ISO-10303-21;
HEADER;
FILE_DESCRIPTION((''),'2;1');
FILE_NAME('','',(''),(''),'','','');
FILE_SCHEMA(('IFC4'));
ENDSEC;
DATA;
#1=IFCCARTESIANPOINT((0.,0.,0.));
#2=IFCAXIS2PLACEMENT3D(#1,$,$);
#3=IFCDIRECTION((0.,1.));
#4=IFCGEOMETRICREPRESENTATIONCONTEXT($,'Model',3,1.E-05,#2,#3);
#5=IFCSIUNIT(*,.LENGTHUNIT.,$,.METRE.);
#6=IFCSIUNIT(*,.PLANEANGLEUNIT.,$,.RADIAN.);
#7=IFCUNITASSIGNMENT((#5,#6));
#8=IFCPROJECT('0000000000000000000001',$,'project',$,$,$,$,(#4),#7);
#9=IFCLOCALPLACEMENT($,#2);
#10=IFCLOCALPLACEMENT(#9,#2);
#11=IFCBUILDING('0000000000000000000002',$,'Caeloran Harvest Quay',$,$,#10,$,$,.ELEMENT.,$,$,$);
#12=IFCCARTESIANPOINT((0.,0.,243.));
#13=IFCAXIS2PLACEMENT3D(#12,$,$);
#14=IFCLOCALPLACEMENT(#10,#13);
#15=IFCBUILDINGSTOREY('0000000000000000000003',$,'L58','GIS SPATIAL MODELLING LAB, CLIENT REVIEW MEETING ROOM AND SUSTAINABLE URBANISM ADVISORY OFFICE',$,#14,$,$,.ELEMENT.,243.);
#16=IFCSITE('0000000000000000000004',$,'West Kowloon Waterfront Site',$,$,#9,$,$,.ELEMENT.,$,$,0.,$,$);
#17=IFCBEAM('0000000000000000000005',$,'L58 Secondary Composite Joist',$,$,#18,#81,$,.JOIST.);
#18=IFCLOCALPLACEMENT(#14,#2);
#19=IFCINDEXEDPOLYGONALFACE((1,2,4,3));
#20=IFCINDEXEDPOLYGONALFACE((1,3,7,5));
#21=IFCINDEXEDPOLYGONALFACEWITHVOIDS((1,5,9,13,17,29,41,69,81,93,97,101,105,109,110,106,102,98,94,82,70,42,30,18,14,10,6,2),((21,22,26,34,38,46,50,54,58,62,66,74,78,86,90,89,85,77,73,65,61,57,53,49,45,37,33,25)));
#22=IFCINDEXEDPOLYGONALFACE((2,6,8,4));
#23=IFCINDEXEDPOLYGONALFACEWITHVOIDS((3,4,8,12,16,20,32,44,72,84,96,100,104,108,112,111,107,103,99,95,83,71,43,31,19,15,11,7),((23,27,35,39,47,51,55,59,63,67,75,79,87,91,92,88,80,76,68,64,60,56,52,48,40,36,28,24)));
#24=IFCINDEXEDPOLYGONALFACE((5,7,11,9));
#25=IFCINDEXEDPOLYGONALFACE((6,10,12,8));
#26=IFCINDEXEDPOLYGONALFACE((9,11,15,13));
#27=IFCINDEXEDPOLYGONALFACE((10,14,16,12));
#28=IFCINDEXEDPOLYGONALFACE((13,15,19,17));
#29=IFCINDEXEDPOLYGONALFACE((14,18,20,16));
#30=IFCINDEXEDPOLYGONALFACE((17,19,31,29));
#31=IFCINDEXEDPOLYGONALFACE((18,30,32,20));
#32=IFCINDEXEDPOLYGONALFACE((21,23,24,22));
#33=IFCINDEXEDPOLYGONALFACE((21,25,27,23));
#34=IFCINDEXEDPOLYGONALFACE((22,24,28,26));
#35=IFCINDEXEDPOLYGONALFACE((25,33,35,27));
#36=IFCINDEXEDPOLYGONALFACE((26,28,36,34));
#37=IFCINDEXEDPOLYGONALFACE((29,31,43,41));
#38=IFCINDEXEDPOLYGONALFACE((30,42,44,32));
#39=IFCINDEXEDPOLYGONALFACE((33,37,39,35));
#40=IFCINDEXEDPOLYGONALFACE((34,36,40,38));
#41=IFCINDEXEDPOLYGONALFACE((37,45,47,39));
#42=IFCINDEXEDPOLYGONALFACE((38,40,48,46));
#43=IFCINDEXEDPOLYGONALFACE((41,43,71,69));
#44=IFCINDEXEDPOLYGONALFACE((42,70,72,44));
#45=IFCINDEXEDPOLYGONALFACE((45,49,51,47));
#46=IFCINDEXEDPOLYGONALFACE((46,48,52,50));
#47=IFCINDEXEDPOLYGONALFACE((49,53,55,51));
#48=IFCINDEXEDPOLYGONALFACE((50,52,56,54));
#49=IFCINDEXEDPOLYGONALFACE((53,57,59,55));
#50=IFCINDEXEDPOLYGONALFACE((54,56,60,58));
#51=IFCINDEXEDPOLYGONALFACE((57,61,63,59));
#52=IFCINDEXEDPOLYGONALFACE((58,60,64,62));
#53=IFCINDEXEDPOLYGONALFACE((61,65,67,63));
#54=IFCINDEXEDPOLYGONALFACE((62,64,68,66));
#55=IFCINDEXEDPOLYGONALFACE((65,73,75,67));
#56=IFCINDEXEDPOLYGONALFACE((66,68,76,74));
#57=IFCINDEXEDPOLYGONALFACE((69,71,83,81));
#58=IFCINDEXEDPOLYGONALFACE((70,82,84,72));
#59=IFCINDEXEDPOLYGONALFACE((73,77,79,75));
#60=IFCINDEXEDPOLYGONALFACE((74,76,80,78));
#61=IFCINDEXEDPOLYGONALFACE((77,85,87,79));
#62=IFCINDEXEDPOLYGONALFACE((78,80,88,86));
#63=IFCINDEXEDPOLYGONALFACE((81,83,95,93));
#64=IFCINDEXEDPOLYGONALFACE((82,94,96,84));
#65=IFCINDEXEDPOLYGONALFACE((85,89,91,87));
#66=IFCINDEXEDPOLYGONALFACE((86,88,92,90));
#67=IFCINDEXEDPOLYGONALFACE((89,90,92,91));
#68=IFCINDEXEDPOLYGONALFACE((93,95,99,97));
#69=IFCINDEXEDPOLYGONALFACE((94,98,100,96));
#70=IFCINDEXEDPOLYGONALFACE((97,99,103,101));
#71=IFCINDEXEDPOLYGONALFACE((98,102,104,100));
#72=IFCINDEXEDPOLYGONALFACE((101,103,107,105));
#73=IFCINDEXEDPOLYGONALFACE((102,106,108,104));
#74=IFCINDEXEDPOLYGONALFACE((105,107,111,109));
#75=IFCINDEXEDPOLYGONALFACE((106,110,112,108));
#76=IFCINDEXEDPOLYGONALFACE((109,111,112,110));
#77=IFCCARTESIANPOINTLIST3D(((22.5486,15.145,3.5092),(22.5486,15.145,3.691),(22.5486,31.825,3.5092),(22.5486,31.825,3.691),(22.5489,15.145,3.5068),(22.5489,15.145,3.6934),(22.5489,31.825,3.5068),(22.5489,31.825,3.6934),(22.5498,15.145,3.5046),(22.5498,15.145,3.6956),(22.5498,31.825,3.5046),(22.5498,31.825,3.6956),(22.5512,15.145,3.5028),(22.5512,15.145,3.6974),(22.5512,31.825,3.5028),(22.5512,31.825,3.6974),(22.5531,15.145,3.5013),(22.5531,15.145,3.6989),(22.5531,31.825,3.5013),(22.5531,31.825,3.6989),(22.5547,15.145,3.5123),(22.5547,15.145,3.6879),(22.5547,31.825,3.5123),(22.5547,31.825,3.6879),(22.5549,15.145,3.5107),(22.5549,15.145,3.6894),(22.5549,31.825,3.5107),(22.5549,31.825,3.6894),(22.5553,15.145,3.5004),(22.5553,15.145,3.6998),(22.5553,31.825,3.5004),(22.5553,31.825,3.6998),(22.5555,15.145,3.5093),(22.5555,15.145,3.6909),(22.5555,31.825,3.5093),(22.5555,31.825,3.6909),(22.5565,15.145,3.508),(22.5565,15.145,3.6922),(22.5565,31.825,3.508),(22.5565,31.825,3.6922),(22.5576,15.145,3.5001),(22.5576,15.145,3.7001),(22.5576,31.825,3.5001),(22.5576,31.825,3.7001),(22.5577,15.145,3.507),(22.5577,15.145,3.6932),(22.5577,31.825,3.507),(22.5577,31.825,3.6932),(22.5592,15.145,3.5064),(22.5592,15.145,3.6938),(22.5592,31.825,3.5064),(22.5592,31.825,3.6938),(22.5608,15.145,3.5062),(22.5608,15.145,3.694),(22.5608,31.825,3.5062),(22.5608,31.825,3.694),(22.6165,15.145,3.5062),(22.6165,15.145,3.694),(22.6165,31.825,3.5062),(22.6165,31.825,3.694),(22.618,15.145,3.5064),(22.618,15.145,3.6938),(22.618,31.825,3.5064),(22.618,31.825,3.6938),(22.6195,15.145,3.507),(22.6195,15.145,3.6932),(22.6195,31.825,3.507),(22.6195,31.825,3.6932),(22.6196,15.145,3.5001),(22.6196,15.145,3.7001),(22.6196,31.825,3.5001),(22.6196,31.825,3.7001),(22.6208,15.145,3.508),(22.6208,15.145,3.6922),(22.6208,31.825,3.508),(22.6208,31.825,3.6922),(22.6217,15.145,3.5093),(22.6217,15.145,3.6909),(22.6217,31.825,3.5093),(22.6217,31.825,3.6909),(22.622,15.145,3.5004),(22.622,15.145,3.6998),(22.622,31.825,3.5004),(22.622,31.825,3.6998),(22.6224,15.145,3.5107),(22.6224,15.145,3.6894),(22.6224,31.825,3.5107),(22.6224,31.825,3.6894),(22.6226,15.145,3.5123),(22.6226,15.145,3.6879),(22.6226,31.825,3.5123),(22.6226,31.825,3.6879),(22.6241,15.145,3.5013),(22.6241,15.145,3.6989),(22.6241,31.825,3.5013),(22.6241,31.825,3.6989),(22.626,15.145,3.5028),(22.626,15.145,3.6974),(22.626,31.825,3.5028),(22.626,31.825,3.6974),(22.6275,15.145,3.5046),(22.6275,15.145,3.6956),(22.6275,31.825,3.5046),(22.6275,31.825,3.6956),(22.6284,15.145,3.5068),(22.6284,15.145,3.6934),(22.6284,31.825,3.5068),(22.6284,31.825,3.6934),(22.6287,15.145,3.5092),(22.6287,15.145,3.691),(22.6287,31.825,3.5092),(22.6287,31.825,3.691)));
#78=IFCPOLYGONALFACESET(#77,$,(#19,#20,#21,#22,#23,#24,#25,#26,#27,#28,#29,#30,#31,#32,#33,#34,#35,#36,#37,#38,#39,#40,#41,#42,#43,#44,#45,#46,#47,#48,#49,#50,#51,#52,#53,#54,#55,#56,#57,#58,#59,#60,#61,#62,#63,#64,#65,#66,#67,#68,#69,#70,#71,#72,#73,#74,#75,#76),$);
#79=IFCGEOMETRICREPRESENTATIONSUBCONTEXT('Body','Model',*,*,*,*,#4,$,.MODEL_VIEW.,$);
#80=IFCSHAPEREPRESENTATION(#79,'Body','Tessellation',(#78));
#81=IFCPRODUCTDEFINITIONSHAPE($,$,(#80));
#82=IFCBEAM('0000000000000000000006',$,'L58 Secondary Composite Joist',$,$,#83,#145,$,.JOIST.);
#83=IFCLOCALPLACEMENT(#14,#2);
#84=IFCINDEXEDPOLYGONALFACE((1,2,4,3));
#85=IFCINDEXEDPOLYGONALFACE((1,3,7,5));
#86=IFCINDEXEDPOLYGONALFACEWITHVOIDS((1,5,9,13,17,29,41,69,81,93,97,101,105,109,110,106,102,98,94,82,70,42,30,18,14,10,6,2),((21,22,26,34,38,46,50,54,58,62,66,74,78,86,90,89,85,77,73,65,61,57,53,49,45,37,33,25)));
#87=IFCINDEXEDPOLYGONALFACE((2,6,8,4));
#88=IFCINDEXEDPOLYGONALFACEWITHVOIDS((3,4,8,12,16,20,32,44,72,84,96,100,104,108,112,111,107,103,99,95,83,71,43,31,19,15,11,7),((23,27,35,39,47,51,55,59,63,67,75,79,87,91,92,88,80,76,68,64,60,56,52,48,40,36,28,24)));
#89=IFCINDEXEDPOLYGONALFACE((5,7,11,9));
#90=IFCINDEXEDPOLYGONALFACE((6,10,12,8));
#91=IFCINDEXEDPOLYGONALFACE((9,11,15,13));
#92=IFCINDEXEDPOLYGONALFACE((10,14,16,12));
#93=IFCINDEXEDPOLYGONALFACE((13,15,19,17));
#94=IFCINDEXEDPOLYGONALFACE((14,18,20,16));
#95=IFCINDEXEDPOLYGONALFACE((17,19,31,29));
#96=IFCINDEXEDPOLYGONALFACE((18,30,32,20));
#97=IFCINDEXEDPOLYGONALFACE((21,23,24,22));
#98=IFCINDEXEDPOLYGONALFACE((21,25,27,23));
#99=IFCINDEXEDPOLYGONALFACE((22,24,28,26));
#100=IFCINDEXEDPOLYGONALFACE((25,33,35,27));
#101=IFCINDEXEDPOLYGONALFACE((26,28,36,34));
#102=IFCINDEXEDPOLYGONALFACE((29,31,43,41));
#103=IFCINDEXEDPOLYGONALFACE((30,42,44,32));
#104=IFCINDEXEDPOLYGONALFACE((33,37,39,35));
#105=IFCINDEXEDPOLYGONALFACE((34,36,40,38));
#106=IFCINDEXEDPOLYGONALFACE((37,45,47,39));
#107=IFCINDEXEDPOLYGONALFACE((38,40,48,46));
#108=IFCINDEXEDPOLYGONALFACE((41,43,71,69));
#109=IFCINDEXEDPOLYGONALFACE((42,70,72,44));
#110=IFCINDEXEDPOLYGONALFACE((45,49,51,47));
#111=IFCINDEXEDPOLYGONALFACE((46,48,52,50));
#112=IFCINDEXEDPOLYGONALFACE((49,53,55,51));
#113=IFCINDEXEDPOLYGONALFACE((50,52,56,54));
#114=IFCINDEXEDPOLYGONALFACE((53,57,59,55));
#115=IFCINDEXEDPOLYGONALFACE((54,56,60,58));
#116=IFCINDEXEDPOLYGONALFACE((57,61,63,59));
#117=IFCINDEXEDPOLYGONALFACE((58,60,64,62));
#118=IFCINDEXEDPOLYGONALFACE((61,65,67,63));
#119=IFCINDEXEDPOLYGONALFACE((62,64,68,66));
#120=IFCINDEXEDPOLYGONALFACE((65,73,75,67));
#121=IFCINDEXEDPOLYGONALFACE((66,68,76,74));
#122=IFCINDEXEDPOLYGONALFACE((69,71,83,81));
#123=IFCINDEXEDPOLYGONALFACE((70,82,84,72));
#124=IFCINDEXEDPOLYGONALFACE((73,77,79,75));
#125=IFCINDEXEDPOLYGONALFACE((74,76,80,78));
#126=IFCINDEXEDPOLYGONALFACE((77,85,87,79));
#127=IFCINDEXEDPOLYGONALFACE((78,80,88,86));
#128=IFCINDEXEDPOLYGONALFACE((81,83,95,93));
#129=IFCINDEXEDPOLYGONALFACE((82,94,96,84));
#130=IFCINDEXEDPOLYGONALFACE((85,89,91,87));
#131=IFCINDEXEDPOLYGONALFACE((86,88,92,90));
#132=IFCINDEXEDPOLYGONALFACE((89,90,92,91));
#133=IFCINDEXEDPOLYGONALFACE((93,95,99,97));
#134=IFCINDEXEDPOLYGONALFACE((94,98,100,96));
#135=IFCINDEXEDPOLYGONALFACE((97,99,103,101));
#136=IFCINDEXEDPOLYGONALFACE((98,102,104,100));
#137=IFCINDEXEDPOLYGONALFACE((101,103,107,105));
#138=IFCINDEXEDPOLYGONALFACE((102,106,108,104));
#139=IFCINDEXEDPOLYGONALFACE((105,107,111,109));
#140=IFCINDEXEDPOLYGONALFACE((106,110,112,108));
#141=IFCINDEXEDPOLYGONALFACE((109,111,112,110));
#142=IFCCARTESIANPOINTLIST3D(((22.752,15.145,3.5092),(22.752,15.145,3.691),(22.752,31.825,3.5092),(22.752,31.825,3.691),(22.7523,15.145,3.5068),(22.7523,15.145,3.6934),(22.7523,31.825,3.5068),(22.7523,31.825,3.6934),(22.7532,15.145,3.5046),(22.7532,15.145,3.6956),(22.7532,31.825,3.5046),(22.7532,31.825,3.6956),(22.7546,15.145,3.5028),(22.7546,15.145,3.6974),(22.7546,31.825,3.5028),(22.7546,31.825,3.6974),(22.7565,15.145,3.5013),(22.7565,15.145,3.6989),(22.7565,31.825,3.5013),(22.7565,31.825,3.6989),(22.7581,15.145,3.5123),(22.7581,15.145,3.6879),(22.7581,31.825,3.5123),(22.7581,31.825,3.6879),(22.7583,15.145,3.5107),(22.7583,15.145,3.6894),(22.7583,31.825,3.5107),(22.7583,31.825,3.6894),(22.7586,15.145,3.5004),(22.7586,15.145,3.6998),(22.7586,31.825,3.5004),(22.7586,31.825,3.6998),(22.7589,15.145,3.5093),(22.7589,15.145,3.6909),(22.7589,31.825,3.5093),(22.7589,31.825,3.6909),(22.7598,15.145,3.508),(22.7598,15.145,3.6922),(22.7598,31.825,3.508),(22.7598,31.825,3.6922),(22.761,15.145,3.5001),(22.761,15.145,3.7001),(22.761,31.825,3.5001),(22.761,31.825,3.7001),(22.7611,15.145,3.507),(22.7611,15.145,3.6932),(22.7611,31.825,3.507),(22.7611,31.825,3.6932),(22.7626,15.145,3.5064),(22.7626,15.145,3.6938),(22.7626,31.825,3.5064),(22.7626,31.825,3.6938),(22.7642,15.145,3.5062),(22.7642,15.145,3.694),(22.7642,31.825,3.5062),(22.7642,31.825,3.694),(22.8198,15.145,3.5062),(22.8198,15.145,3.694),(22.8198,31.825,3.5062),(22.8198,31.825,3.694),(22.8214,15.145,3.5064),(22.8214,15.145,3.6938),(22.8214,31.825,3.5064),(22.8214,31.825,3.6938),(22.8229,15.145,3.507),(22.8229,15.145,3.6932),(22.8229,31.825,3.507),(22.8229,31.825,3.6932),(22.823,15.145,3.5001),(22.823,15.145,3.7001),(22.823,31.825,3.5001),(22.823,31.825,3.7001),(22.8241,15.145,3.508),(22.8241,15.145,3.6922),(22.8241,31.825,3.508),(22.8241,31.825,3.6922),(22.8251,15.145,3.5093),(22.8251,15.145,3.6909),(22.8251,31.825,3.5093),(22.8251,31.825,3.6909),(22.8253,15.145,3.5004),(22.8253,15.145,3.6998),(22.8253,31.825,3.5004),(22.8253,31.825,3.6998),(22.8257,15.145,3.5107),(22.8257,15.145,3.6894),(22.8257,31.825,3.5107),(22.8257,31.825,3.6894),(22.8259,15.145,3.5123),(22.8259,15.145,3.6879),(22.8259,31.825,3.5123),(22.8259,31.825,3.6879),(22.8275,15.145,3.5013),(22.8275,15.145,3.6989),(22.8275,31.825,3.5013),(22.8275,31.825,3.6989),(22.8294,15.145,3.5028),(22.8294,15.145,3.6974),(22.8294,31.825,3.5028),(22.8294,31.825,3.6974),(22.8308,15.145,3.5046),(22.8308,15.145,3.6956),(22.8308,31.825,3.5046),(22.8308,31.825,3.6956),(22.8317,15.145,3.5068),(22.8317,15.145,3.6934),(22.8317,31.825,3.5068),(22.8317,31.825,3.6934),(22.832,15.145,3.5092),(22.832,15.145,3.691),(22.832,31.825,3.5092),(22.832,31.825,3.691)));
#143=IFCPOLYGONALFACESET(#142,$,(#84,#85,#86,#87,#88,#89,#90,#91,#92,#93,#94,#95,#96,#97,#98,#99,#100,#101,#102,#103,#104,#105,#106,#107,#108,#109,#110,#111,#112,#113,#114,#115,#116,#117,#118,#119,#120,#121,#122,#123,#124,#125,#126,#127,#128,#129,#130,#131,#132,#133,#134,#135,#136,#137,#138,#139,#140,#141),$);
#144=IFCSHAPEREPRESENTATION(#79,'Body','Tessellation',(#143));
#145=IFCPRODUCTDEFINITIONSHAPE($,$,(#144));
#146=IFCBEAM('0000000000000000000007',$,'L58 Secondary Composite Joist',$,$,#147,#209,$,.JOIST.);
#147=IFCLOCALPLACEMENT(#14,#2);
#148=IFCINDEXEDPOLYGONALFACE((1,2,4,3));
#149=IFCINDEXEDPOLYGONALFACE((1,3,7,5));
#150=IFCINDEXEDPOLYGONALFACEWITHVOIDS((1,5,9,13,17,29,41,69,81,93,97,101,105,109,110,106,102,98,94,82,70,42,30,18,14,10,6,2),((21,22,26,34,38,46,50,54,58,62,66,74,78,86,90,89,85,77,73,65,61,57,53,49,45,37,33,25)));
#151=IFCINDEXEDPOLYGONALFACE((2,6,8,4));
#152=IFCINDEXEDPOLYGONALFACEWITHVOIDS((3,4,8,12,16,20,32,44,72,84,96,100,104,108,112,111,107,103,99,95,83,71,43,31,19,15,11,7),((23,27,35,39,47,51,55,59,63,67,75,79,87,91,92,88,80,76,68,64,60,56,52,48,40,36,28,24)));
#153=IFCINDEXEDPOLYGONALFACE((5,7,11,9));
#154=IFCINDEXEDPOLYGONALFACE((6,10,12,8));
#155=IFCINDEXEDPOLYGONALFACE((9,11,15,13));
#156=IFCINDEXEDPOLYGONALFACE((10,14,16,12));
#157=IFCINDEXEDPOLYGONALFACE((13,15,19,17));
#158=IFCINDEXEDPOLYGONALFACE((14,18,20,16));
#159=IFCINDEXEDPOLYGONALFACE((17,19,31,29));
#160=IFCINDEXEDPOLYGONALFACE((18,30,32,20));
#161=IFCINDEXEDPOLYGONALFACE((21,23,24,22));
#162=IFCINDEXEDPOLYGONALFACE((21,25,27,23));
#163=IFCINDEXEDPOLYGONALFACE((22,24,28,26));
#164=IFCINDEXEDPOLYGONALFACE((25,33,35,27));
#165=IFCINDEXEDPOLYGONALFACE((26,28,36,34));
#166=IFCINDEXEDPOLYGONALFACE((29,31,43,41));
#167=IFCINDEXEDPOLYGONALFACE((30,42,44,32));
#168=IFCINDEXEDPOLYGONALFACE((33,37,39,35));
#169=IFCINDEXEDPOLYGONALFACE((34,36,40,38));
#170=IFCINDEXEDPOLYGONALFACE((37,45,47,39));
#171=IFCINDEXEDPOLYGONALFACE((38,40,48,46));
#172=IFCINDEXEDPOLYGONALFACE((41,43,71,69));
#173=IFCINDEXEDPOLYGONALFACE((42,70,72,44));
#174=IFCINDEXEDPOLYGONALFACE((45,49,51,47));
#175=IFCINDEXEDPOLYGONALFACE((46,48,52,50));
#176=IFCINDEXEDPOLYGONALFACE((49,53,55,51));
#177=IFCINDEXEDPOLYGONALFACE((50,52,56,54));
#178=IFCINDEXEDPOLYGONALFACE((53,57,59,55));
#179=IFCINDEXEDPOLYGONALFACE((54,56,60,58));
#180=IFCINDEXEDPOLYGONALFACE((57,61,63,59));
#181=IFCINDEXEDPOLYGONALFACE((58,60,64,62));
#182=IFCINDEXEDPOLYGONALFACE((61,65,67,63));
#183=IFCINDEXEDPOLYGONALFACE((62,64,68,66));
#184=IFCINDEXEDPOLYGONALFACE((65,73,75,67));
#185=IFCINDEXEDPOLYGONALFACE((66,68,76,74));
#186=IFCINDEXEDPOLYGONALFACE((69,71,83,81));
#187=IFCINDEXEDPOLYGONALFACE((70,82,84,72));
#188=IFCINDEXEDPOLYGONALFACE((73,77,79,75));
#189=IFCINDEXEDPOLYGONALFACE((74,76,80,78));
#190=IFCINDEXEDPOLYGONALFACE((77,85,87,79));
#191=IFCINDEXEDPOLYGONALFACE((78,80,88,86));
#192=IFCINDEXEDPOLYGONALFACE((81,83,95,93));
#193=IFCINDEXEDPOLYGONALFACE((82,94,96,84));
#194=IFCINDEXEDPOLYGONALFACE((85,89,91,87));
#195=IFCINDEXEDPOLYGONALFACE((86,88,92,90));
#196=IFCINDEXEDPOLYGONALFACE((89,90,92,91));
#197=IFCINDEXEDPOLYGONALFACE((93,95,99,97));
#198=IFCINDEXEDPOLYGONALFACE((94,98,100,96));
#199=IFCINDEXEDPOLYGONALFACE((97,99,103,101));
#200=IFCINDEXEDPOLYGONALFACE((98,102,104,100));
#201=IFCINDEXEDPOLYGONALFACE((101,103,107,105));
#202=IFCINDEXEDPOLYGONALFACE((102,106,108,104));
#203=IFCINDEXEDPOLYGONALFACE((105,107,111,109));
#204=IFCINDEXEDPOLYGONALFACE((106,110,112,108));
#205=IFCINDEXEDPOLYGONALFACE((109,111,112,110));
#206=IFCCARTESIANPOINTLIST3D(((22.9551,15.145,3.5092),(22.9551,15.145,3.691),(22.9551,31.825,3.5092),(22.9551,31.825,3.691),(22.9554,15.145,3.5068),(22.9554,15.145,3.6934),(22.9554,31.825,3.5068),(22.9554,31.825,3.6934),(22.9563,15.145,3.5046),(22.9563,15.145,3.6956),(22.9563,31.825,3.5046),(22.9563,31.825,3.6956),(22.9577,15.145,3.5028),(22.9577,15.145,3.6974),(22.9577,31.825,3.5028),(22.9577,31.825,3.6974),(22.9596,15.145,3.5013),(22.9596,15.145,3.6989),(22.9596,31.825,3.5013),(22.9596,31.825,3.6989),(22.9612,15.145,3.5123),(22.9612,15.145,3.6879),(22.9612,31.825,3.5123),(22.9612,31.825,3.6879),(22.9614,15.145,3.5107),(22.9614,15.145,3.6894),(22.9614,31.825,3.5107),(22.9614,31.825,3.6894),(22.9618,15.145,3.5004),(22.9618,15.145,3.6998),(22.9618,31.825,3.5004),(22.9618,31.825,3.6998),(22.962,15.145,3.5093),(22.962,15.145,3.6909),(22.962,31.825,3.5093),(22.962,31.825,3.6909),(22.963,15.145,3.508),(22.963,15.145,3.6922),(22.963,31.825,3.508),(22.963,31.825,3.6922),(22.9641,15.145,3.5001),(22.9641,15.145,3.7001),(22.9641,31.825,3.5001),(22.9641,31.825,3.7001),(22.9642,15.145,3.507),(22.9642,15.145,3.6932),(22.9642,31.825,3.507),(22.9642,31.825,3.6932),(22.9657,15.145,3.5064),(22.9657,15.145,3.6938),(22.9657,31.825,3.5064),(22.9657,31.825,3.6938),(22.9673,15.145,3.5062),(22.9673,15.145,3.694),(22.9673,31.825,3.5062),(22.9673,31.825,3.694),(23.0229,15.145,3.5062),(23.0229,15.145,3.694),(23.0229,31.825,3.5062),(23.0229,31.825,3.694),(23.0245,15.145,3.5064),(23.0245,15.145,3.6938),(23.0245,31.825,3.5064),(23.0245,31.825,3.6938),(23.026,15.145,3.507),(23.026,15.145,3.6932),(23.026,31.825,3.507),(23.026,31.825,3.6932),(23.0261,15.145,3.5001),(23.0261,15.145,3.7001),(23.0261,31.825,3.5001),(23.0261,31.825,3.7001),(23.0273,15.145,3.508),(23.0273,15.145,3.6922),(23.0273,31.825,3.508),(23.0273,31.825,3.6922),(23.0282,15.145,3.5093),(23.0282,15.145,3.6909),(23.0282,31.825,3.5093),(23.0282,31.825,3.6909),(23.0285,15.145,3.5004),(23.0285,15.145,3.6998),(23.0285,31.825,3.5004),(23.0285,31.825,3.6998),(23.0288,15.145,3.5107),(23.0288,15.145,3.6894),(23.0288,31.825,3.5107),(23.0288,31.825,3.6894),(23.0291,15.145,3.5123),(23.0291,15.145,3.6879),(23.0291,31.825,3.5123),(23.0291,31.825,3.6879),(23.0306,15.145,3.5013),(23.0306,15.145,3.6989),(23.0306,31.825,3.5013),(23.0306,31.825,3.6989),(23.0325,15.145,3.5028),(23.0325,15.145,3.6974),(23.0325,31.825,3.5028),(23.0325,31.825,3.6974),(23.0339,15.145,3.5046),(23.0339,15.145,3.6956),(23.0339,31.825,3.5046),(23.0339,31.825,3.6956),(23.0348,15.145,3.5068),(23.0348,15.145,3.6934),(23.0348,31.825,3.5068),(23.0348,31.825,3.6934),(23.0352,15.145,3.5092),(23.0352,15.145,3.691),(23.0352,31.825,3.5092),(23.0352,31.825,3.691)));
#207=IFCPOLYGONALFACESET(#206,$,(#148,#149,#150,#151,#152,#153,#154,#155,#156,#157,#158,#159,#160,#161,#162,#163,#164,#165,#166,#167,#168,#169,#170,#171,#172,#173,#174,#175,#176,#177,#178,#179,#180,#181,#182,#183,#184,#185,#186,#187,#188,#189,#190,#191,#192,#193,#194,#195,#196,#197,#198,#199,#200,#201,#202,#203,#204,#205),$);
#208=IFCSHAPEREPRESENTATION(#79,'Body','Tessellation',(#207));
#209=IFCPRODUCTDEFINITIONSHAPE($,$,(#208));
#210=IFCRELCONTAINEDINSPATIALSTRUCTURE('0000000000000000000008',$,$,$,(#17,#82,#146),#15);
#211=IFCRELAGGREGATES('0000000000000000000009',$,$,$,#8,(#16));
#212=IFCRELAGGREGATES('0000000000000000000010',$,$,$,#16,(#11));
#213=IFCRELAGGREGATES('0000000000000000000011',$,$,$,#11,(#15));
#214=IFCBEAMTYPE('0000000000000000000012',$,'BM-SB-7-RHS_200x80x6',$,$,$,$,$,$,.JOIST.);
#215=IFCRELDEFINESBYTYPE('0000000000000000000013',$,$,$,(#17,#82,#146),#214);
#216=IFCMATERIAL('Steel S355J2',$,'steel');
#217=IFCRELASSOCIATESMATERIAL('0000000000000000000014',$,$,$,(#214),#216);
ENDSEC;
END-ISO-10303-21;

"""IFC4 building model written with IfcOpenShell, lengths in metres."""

from ifc_helpers import new_model, si_unit, direction, frame, origin, origin_2d, place, context, subcontext, project, spatial, hollow_rectangle, extrude, material, material_profile, profile_set, type_object, element, save


model = new_model("IFC4")

# Units and contexts
model_context = context("Model", 3, precision=1e-05, world=origin(), true_north=direction((0.0, 1.0)))
body_context = subcontext(model_context, "Body", "Model", "MODEL_VIEW")
ifc_project = project(units=[si_unit("LENGTHUNIT", "METRE"), si_unit("PLANEANGLEUNIT", "RADIAN")], contexts=[model_context])

# Site, building, storey
site_placement = place(None, origin())
site = spatial("IfcSite", under=ifc_project, at=site_placement, Name="West Kowloon Waterfront Site", CompositionType="ELEMENT", RefElevation=0.0)
building_placement = place(site_placement, origin())
building = spatial("IfcBuilding", under=site, at=building_placement, Name="Caeloran Harvest Quay", CompositionType="ELEMENT")
storey_placement = place(building_placement, frame((0.0, 0.0, 243.0)))
storey = spatial("IfcBuildingStorey", under=building, at=storey_placement, Name="L58", Description="GIS SPATIAL MODELLING LAB, CLIENT REVIEW MEETING ROOM AND SUSTAINABLE URBANISM ADVISORY OFFICE", CompositionType="ELEMENT", Elevation=243.0)

# Beams
ifc_material_1 = material(Name="Steel S355J2", Category="steel")
ifc_material_profile_1 = material_profile(ifc_material_1, hollow_rectangle(XDim=0.0801, YDim=0.2, WallThickness=0.0061, InnerFilletRadius=0.0061, OuterFilletRadius=0.009, at=origin_2d()), Name="RHS 200x80x6")
ifc_profile_set_1 = profile_set([ifc_material_profile_1], Name="Steel S355J2")
beam_type_1 = type_object("IfcBeamType", Name="BM-SB-7-RHS_200x80x6", PredefinedType="JOIST", material=ifc_profile_set_1)
for number, where, z_axis, x_axis, name in (
    (1, (22.5886, 15.145, 3.6001), (0.0, 1.0, 0.0), (-1.0, 0.0, 0.0), "L58 Secondary Composite Joist"),
    (2, (22.792, 15.145, 3.6001), (0.0, 1.0, 0.0), (-1.0, 0.0, 0.0), "L58 Secondary Composite Joist"),
    (3, (22.9951, 15.145, 3.6001), (0.0, 1.0, 0.0), (-1.0, 0.0, 0.0), "L58 Secondary Composite Joist"),
):
    element("IfcBeam", number, at=place(storey_placement, frame(where, z_axis=z_axis, x_axis=x_axis)), inside=storey, type_object=beam_type_1, Name=name, PredefinedType="JOIST", context=body_context, shape_type="SweptSolid", body=[
        extrude(hollow_rectangle(XDim=0.0801, YDim=0.2, WallThickness=0.0061, InnerFilletRadius=0.0061, OuterFilletRadius=0.009, at=origin_2d()), origin(), (0.0, 0.0, 1.0), 16.6799),
    ])

save(model, "model.ifc")
